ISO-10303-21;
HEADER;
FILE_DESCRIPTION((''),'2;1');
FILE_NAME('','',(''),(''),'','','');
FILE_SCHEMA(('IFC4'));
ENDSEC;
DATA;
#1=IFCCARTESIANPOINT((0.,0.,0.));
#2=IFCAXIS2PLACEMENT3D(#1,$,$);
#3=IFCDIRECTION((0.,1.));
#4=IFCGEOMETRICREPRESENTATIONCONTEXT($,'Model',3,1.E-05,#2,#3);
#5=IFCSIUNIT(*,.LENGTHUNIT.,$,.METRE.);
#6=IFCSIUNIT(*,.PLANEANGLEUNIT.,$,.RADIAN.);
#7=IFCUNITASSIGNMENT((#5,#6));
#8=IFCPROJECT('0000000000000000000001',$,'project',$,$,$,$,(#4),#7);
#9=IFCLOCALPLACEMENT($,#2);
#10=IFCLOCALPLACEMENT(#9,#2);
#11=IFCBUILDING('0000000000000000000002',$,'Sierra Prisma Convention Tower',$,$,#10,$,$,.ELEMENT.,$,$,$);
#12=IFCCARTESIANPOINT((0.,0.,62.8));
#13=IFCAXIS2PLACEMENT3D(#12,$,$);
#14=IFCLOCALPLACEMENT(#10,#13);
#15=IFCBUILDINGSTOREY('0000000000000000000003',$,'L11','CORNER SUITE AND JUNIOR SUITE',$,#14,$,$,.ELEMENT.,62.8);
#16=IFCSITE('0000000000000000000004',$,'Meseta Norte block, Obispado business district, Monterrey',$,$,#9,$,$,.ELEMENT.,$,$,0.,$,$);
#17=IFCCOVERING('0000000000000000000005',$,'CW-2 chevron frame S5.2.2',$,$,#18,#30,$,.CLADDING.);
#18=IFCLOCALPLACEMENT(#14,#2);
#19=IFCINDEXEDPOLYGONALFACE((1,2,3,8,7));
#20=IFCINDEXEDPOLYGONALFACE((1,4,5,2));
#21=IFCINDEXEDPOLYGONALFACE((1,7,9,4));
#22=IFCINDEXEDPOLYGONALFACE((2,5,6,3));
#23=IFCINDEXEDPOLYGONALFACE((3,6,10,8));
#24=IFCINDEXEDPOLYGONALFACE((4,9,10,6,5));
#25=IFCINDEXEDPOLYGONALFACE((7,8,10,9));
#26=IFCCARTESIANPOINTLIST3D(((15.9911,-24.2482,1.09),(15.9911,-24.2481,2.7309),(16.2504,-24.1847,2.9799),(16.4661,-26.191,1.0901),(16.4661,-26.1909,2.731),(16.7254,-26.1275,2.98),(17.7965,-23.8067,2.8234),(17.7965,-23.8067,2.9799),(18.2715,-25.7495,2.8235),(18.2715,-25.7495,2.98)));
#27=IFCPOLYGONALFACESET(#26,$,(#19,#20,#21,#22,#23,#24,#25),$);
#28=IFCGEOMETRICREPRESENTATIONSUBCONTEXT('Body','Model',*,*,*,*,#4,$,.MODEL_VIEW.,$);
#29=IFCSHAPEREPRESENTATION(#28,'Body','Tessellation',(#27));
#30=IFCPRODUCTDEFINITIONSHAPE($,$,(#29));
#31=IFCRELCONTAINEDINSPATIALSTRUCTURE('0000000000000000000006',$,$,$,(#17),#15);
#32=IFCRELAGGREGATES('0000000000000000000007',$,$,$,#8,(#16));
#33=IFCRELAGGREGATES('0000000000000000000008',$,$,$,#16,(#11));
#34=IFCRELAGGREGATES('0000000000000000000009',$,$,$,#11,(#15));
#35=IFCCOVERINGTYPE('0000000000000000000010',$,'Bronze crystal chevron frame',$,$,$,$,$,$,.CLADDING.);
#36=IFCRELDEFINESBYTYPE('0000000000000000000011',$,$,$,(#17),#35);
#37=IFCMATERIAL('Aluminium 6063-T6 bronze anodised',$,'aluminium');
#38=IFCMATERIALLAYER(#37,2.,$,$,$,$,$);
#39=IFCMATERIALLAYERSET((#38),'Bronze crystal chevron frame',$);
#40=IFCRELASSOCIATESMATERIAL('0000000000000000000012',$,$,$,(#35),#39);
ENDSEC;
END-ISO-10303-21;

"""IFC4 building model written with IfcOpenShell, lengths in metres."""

from ifc_helpers import new_model, si_unit, direction, frame, origin, place, context, subcontext, project, spatial, polyline, outline, extrude, material, layer, layer_set, type_object, element, save


model = new_model("IFC4")

# Units and contexts
model_context = context("Model", 3, precision=1e-05, world=origin(), true_north=direction((0.0, 1.0)))
body_context = subcontext(model_context, "Body", "Model", "MODEL_VIEW")
ifc_project = project(units=[si_unit("LENGTHUNIT", "METRE"), si_unit("PLANEANGLEUNIT", "RADIAN")], contexts=[model_context])

# Site, building, storey
site_placement = place(None, origin())
site = spatial("IfcSite", under=ifc_project, at=site_placement, Name="Meseta Norte block, Obispado business district, Monterrey", CompositionType="ELEMENT", RefElevation=0.0)
building_placement = place(site_placement, origin())
building = spatial("IfcBuilding", under=site, at=building_placement, Name="Sierra Prisma Convention Tower", CompositionType="ELEMENT")
storey_placement = place(building_placement, frame((0.0, 0.0, 62.8)))
storey = spatial("IfcBuildingStorey", under=building, at=storey_placement, Name="L11", Description="CORNER SUITE AND JUNIOR SUITE", CompositionType="ELEMENT", Elevation=62.8)

# Covering
ifc_material_1 = material(Name="Aluminium 6063-T6 bronze anodised", Category="aluminium")
ifc_layer_1 = layer(ifc_material_1, 2.0)
ifc_layer_set_1 = layer_set([ifc_layer_1], Name="Bronze crystal chevron frame")
covering_type = type_object("IfcCoveringType", Name="Bronze crystal chevron frame", PredefinedType="CLADDING", material=ifc_layer_set_1)
covering_1_placement = place(storey_placement, frame((18.2715, -25.7495, 2.98), z_axis=(0.237489, -0.97139, 0.000042), x_axis=(-0.97139, -0.237489, 0.0)))
element("IfcCovering", 1, at=covering_1_placement, inside=storey, type_object=covering_type, Name="CW-2 chevron frame S5.2.2", PredefinedType="CLADDING", context=body_context, shape_type="SweptSolid", body=[
    extrude(outline(polyline([(0.0, 0.0), (1.5917, 0.0), (1.8586, 0.249), (1.8586, 1.8899), (0.0, 0.1565), (0.0, 0.0)])), origin(), (0.0, 0.0, -1.0), 2.0),
])

save(model, "model.ifc")
